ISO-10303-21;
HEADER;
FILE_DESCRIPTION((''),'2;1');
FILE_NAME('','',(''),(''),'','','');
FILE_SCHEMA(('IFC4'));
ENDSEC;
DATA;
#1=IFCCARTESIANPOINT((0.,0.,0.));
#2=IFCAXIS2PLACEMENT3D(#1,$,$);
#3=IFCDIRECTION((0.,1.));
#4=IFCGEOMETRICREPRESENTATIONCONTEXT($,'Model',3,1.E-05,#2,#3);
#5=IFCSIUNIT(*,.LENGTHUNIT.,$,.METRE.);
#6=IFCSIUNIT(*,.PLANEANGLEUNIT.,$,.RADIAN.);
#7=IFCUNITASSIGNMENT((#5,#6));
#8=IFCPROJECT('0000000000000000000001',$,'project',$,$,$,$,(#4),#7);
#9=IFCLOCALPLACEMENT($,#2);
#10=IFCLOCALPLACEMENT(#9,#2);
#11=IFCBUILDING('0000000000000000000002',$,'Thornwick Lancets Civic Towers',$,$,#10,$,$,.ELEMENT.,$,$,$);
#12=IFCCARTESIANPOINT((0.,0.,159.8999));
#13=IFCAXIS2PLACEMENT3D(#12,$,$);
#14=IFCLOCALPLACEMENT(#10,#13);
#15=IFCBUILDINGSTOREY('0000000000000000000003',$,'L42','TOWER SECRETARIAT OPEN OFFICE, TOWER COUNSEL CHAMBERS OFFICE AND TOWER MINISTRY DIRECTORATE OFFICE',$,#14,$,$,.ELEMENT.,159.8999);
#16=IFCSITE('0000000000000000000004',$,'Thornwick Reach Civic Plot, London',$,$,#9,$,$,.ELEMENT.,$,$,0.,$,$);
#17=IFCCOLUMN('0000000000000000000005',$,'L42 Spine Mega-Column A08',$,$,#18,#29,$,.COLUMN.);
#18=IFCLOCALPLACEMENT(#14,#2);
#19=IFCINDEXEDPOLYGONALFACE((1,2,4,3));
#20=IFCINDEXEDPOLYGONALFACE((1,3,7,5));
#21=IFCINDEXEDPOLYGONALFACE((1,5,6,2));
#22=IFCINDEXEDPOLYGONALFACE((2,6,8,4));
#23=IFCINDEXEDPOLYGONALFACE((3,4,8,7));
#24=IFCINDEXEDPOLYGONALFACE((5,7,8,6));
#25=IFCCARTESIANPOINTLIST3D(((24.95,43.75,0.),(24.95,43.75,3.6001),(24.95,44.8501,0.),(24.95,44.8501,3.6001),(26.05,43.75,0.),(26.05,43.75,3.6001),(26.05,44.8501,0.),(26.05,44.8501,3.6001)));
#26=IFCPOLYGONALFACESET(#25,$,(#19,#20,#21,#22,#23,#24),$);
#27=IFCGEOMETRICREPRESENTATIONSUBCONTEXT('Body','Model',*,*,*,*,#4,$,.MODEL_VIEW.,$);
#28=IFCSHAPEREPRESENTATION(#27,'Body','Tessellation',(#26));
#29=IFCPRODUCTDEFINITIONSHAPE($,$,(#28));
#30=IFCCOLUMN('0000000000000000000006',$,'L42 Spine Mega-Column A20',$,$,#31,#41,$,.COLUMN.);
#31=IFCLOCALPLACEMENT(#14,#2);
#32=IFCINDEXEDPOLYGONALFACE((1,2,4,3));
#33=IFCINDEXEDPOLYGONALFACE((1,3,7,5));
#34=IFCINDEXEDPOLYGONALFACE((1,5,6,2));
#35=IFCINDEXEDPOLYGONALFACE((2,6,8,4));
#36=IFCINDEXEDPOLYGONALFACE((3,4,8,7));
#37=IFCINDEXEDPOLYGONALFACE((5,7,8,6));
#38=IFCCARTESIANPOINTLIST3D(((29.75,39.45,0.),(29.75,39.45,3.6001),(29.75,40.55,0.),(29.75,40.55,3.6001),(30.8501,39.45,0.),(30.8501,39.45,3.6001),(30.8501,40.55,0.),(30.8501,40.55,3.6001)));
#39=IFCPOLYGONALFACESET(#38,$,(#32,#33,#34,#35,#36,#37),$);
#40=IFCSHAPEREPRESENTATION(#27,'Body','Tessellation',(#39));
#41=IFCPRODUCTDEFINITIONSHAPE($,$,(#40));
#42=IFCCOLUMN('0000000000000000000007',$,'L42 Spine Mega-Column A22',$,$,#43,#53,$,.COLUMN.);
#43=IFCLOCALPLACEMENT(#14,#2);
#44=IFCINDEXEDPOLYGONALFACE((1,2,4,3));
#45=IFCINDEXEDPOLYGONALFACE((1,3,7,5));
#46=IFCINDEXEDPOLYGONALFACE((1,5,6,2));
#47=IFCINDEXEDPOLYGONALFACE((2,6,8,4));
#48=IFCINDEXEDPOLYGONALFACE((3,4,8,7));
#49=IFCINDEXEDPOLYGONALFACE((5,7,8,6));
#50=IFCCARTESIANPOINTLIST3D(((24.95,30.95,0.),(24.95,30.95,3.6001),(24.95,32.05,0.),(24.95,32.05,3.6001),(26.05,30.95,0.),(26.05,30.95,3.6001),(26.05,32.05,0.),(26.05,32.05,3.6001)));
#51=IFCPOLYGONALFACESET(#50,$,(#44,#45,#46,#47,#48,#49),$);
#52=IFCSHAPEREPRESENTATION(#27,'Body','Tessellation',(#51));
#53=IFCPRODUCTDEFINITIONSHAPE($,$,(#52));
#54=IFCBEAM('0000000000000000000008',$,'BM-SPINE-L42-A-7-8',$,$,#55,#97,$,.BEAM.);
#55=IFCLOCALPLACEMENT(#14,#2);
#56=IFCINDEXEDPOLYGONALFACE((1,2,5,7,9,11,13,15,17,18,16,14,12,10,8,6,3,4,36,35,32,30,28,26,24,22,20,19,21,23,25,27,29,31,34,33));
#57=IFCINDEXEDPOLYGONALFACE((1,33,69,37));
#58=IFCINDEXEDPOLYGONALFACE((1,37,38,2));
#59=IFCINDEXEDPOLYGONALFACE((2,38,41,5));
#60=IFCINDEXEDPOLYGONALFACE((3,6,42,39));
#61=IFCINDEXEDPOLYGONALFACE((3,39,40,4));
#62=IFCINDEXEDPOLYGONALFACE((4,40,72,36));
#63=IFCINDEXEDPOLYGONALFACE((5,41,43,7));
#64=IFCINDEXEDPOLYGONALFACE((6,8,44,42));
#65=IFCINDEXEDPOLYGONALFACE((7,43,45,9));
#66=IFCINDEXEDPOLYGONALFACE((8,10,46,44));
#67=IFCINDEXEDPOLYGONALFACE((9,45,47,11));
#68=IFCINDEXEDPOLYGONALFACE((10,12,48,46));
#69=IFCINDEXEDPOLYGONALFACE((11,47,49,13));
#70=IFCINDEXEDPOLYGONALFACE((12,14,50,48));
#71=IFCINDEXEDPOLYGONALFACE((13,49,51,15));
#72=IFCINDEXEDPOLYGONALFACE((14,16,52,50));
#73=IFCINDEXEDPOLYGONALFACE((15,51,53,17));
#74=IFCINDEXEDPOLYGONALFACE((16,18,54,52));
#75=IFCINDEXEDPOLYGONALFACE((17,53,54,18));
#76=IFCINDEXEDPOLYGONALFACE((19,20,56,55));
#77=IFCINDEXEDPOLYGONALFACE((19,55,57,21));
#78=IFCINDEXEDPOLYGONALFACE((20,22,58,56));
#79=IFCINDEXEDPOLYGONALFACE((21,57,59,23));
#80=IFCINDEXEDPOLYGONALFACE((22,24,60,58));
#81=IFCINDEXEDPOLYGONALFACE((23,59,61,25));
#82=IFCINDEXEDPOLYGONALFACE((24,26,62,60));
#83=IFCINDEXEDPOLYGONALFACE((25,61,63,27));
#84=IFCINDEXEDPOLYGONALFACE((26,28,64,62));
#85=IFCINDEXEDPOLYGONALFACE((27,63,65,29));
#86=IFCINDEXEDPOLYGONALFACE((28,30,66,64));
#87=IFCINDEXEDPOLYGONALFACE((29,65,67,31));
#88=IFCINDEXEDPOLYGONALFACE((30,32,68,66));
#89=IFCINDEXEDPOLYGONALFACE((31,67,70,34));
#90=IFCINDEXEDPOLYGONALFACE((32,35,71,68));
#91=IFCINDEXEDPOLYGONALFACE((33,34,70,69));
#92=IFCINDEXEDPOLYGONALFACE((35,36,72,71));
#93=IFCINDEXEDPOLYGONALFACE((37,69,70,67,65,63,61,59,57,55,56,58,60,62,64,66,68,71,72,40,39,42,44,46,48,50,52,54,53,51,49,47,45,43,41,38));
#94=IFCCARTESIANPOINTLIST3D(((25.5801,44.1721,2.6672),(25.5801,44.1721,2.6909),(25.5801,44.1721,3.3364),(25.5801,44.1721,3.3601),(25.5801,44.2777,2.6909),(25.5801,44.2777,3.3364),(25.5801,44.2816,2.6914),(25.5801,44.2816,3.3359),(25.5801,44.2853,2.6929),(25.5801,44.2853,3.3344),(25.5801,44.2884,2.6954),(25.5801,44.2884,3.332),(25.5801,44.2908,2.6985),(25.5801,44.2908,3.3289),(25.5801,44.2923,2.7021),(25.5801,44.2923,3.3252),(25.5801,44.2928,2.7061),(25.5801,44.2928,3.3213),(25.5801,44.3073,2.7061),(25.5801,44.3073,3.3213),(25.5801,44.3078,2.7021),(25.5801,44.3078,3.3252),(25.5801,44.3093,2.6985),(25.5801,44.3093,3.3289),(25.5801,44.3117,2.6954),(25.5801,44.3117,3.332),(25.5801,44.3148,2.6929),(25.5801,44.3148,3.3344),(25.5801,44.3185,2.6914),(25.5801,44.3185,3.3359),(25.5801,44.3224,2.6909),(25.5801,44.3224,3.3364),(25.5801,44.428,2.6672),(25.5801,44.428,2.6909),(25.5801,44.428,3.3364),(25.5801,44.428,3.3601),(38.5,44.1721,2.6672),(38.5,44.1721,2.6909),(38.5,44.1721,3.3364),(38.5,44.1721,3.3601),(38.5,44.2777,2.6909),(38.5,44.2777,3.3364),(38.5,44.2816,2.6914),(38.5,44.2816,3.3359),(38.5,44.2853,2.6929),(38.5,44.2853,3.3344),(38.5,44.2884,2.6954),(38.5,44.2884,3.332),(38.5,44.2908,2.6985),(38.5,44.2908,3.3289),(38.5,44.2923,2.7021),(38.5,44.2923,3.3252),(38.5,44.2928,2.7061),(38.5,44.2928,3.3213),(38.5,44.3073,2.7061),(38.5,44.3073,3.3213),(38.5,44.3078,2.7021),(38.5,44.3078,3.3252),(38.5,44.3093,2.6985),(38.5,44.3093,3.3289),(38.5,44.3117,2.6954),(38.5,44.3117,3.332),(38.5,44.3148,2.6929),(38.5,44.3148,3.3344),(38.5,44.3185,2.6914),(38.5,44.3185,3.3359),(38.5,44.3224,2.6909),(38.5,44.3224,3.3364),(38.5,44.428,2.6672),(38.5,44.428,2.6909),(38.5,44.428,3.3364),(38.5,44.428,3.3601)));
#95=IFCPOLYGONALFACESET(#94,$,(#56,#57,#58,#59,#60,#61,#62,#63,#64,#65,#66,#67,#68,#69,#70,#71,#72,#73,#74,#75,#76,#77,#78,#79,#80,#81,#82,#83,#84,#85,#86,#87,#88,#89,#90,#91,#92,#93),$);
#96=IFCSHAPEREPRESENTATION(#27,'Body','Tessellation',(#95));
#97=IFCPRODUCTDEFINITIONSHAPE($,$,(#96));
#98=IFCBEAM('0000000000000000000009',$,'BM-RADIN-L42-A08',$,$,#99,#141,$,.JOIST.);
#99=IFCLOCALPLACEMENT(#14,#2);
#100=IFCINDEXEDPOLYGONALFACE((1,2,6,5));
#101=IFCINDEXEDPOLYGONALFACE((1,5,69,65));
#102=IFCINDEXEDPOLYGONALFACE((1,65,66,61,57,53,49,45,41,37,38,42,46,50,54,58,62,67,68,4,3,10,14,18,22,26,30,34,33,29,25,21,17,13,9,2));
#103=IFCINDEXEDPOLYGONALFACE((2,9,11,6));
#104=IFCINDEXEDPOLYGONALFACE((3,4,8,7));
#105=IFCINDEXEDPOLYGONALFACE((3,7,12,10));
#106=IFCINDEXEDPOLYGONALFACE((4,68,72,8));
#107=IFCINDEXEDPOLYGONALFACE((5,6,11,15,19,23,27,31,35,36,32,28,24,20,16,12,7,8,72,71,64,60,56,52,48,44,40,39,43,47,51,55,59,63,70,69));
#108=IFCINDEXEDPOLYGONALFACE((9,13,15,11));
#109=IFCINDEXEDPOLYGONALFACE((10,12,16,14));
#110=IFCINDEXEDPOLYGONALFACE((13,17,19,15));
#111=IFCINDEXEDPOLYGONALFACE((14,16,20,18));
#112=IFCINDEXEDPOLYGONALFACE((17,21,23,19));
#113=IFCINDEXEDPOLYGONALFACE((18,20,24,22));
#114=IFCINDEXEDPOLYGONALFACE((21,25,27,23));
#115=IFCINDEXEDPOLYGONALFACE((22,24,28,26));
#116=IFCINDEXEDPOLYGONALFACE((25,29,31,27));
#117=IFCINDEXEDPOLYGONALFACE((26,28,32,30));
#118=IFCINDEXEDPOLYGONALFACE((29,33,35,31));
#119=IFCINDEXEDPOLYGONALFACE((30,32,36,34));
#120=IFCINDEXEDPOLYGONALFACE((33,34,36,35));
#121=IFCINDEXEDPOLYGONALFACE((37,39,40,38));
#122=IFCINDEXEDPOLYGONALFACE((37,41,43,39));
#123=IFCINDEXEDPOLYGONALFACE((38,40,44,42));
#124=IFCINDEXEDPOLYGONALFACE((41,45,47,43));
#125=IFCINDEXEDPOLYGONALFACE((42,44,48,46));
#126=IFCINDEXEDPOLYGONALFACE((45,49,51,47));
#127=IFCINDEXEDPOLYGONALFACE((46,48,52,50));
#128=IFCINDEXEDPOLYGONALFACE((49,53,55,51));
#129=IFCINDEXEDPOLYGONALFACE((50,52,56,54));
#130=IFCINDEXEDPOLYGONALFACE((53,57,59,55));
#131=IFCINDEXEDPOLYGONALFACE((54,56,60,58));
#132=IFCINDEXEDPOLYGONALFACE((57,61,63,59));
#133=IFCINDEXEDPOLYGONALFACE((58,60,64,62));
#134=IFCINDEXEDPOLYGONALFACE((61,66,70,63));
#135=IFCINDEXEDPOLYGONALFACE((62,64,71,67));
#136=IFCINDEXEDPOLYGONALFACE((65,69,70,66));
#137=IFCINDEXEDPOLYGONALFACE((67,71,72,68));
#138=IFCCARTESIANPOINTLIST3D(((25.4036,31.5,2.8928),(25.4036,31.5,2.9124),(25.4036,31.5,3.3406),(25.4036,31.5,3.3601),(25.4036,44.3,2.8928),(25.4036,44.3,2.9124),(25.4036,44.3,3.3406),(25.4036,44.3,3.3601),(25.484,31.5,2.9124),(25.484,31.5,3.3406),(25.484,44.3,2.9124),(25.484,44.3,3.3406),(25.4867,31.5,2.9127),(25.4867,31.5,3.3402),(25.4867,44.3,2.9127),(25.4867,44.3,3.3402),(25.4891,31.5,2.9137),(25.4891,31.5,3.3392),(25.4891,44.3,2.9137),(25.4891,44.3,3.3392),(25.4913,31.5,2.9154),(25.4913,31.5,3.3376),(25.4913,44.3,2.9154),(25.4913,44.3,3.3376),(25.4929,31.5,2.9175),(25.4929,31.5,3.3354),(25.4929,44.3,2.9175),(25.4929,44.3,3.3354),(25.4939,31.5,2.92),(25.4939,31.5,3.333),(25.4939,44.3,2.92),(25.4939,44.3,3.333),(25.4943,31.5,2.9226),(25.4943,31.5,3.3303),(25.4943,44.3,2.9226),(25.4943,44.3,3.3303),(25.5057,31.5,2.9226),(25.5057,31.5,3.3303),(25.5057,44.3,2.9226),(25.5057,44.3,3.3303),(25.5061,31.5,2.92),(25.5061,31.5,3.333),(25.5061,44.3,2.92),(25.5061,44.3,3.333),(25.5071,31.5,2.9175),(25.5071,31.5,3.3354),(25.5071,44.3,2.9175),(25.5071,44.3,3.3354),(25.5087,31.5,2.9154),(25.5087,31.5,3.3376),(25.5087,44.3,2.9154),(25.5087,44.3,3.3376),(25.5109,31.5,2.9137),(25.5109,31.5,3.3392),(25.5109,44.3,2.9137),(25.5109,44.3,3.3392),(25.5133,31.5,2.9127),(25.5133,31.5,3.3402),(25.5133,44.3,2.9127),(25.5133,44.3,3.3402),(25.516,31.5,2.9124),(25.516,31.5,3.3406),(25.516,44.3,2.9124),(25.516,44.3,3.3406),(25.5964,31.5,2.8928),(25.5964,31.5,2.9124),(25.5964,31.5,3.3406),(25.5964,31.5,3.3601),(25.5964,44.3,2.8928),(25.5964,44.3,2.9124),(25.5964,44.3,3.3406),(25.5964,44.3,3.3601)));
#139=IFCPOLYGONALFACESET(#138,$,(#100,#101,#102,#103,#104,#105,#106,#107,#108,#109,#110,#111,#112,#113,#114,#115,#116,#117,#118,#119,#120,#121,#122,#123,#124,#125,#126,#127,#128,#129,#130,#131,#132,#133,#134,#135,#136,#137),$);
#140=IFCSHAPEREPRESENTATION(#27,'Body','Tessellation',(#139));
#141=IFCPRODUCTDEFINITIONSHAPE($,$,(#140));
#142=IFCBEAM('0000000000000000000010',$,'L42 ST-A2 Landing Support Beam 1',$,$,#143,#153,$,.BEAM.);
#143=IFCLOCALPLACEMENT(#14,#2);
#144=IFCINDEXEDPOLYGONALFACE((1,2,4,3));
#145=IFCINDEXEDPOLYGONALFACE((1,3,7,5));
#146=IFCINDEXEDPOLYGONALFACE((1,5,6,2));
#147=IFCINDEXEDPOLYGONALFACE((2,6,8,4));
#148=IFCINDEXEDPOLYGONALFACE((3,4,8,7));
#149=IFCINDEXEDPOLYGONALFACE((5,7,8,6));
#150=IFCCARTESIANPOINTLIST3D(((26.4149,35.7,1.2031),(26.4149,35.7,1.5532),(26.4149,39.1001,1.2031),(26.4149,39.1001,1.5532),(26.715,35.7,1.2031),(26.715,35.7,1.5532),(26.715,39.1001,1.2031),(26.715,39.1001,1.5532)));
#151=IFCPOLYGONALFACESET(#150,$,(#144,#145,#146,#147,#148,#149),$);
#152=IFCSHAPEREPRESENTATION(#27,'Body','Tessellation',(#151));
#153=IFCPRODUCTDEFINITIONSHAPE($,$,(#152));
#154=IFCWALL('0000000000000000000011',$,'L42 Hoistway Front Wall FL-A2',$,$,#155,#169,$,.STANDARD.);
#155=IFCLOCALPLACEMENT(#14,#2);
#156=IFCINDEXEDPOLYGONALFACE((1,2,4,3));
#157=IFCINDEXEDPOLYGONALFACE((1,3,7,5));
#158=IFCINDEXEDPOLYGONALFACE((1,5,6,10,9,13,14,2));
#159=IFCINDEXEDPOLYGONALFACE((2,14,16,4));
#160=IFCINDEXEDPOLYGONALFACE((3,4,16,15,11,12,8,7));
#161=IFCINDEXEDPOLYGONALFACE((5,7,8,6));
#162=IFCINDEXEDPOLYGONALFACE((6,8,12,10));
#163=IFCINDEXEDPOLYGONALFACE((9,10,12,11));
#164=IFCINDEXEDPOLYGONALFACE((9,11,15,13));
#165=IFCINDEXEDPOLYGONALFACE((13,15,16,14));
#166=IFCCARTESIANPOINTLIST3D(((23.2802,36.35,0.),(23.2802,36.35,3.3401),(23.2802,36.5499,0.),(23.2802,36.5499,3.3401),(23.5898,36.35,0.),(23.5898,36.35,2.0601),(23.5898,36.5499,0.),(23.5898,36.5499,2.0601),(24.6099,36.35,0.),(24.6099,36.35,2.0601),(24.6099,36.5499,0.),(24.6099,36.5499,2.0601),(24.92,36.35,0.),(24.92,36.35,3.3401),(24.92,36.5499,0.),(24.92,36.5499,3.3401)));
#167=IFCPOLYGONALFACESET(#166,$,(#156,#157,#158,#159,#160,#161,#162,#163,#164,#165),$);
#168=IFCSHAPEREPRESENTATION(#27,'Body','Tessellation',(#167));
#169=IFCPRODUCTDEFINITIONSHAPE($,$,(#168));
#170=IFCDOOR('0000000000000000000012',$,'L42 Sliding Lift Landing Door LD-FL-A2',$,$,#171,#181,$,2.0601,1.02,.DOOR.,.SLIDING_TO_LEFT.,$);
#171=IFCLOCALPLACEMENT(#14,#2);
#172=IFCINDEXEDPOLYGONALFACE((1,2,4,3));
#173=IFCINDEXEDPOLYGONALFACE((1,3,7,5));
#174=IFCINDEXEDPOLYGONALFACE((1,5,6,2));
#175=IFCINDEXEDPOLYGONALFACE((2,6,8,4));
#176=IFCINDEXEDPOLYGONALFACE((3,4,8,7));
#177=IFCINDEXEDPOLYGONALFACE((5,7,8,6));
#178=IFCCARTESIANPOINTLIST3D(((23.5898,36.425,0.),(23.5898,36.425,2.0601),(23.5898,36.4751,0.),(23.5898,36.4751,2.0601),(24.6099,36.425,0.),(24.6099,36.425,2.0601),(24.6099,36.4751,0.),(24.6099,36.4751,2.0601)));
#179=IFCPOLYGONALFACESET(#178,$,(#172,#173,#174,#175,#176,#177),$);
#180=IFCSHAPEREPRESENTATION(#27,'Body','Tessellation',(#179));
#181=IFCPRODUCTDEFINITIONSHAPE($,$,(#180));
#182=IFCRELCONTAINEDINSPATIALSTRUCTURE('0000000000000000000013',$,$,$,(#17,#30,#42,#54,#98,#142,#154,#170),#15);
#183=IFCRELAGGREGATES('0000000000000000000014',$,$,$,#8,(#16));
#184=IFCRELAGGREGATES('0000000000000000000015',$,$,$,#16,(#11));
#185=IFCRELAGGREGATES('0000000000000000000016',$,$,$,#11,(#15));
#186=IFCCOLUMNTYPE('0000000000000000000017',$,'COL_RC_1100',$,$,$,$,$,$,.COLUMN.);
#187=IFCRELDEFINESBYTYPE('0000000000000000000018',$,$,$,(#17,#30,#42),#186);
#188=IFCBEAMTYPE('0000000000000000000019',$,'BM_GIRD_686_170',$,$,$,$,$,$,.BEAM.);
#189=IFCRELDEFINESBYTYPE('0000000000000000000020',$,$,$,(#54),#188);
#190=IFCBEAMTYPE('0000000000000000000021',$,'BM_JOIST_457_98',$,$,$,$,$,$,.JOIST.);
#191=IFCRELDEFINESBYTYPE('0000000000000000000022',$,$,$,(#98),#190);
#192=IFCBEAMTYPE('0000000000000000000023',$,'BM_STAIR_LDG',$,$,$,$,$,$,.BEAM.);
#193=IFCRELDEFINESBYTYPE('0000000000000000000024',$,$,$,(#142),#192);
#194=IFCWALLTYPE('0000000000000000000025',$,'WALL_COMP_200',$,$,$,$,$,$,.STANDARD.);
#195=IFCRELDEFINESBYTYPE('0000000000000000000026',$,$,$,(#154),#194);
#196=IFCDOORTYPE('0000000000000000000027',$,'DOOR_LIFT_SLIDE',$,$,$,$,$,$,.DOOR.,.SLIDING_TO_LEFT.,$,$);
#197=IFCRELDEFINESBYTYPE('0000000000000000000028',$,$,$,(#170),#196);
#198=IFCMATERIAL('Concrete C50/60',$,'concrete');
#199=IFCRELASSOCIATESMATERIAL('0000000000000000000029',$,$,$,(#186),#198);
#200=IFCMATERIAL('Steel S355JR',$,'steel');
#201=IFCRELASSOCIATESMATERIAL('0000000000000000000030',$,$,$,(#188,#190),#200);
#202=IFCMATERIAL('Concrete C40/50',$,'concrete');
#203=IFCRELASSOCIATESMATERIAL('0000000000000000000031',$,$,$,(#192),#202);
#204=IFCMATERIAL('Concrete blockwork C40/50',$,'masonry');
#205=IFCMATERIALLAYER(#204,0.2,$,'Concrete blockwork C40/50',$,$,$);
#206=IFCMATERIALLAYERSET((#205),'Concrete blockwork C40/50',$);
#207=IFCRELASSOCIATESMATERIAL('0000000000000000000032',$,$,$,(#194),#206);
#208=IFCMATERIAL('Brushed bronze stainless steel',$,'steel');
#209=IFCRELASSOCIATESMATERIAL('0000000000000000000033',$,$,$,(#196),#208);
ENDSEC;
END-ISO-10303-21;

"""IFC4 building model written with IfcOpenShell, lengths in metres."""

from ifc_helpers import new_model, si_unit, direction, frame, frame_2d, origin, origin_2d, place, context, subcontext, project, spatial, rectangle, i_section, extrude, material, layer, layer_set, material_profile, profile_set, type_object, element, fill, save


model = new_model("IFC4")

# Units and contexts
model_context = context("Model", 3, precision=1e-05, world=origin(), true_north=direction((0.0, 1.0)))
body_context = subcontext(model_context, "Body", "Model", "MODEL_VIEW")
ifc_project = project(units=[si_unit("LENGTHUNIT", "METRE"), si_unit("PLANEANGLEUNIT", "RADIAN")], contexts=[model_context])

# Site, building, storey
site_placement = place(None, origin())
site = spatial("IfcSite", under=ifc_project, at=site_placement, Name="Thornwick Reach Civic Plot, London", CompositionType="ELEMENT", RefElevation=0.0)
building_placement = place(site_placement, origin())
building = spatial("IfcBuilding", under=site, at=building_placement, Name="Thornwick Lancets Civic Towers", CompositionType="ELEMENT")
storey_placement = place(building_placement, frame((0.0, 0.0, 159.8999)))
storey = spatial("IfcBuildingStorey", under=building, at=storey_placement, Name="L42", Description="TOWER SECRETARIAT OPEN OFFICE, TOWER COUNSEL CHAMBERS OFFICE AND TOWER MINISTRY DIRECTORATE OFFICE", CompositionType="ELEMENT", Elevation=159.8999)

# Columns
ifc_material_1 = material(Name="Concrete C50/60", Category="concrete")
ifc_material_profile_1 = material_profile(ifc_material_1, rectangle(XDim=1.1001, YDim=1.1001, at=origin_2d()), Name="RC 1100x1100")
ifc_profile_set_1 = profile_set([ifc_material_profile_1], Name="Concrete C50/60")
column_type = type_object("IfcColumnType", Name="COL_RC_1100", PredefinedType="COLUMN", material=ifc_profile_set_1)
for number, where, z_axis, x_axis, name in (
    (1, (25.5, 44.3, 0.0), (0.0, 0.0, 1.0), (1.0, 0.0, 0.0), "L42 Spine Mega-Column A08"),
    (2, (30.3, 40.0, 0.0), (0.0, 0.0, 1.0), (1.0, 0.0, 0.0), "L42 Spine Mega-Column A20"),
    (3, (25.5, 31.5, 0.0), (0.0, 0.0, 1.0), (1.0, 0.0, 0.0), "L42 Spine Mega-Column A22"),
):
    element("IfcColumn", number, at=place(storey_placement, frame(where, z_axis=z_axis, x_axis=x_axis)), inside=storey, type_object=column_type, Name=name, PredefinedType="COLUMN", context=body_context, shape_type="SweptSolid", body=[
        extrude(rectangle(XDim=1.1001, YDim=1.1001, at=origin_2d()), origin(), (0.0, 0.0, 1.0), 3.6001),
    ])

# Beams
ifc_material_2 = material(Name="Steel S355JR", Category="steel")
ifc_material_profile_2 = material_profile(ifc_material_2, i_section(OverallWidth=0.2559, OverallDepth=0.6929, WebThickness=0.0144, FlangeThickness=0.0237, FilletRadius=0.0151, at=origin_2d()), Name="UKB 686x254x170")
ifc_profile_set_2 = profile_set([ifc_material_profile_2], Name="Steel S355JR")
beam_type_1 = type_object("IfcBeamType", Name="BM_GIRD_686_170", PredefinedType="BEAM", material=ifc_profile_set_2)
beam_1_placement = place(storey_placement, frame((25.5801, 44.3, 3.0137), z_axis=(1.0, 0.0, 0.0), x_axis=(0.0, 1.0, 0.0)))
element("IfcBeam", 4, at=beam_1_placement, inside=storey, type_object=beam_type_1, Name="BM-SPINE-L42-A-7-8", PredefinedType="BEAM", context=body_context, shape_type="SweptSolid", body=[
    extrude(i_section(OverallWidth=0.2559, OverallDepth=0.6929, WebThickness=0.0144, FlangeThickness=0.0237, FilletRadius=0.0151, at=origin_2d()), origin(), (0.0, 0.0, 1.0), 12.9199),
])
ifc_material_profile_3 = material_profile(ifc_material_2, i_section(OverallWidth=0.1929, OverallDepth=0.4673, WebThickness=0.0115, FlangeThickness=0.0195, FilletRadius=0.0103, at=origin_2d()), Name="UKB 457x191x98")
ifc_profile_set_3 = profile_set([ifc_material_profile_3], Name="Steel S355JR")
beam_type_2 = type_object("IfcBeamType", Name="BM_JOIST_457_98", PredefinedType="JOIST", material=ifc_profile_set_3)
beam_2_placement = place(storey_placement, frame((25.5, 31.5, 3.1265), z_axis=(0.0, 1.0, 0.0), x_axis=(-1.0, 0.0, 0.0)))
element("IfcBeam", 5, at=beam_2_placement, inside=storey, type_object=beam_type_2, Name="BM-RADIN-L42-A08", PredefinedType="JOIST", context=body_context, shape_type="SweptSolid", body=[
    extrude(i_section(OverallWidth=0.1929, OverallDepth=0.4673, WebThickness=0.0115, FlangeThickness=0.0195, FilletRadius=0.0103, at=origin_2d()), origin(), (0.0, 0.0, 1.0), 12.8),
])
ifc_material_3 = material(Name="Concrete C40/50", Category="concrete")
ifc_material_profile_4 = material_profile(ifc_material_3, rectangle(XDim=0.3, YDim=0.3501, at=origin_2d()), Name="RC 300x350")
ifc_profile_set_4 = profile_set([ifc_material_profile_4], Name="Concrete C40/50")
beam_type_3 = type_object("IfcBeamType", Name="BM_STAIR_LDG", PredefinedType="BEAM", material=ifc_profile_set_4)
beam_3_placement = place(storey_placement, frame((26.5649, 39.1001, 1.3782), z_axis=(0.0, -1.0, 0.0), x_axis=(1.0, 0.0, 0.0)))
element("IfcBeam", 6, at=beam_3_placement, inside=storey, type_object=beam_type_3, Name="L42 ST-A2 Landing Support Beam 1", PredefinedType="BEAM", context=body_context, shape_type="SweptSolid", body=[
    extrude(rectangle(XDim=0.3, YDim=0.3501, at=origin_2d()), origin(), (0.0, 0.0, 1.0), 3.4001),
])

# Wall, opening, door
ifc_material_4 = material(Name="Concrete blockwork C40/50", Category="masonry")
ifc_layer_1 = layer(ifc_material_4, 0.2, Name="Concrete blockwork C40/50")
ifc_layer_set_1 = layer_set([ifc_layer_1], Name="Concrete blockwork C40/50")
wall_type_1 = type_object("IfcWallType", Name="WALL_COMP_200", PredefinedType="STANDARD", material=ifc_layer_set_1)
wall_1_placement = place(storey_placement, frame((24.9199, 36.45, 0.0), z_axis=(0.0, 0.0, 1.0), x_axis=(-1.0, 0.0, 0.0)))
wall_1 = element("IfcWall", 7, at=wall_1_placement, inside=storey, type_object=wall_type_1, Name="L42 Hoistway Front Wall FL-A2", PredefinedType="STANDARD", context=body_context, shape_type="SweptSolid", body=[
    extrude(rectangle(XDim=1.6399, YDim=0.2, at=frame_2d((0.8198, 0.0))), origin(), (0.0, 0.0, 1.0), 3.3401),
])
opening_1_placement = place(wall_1_placement, frame((0.3101, 0.0, 0.0)))
opening_1 = element("IfcOpeningElement", 8, at=opening_1_placement, cuts=wall_1, PredefinedType="OPENING", context=body_context, shape_type="SweptSolid", body=[
    extrude(rectangle(XDim=1.02, YDim=2.0601, at=frame_2d((0.51, 1.03))), frame((0.0, 0.1099, 0.0), z_axis=(0.0, -1.0, 0.0), x_axis=(1.0, 0.0, 0.0)), (0.0, 0.0, 1.0), 0.22),
])
ifc_material_5 = material(Name="Brushed bronze stainless steel", Category="steel")
door_type_1 = type_object("IfcDoorType", Name="DOOR_LIFT_SLIDE", OperationType="SLIDING_TO_LEFT", PredefinedType="DOOR", material=ifc_material_5)
door_1_placement = place(opening_1_placement, origin())
door_1 = element("IfcDoor", 9, at=door_1_placement, inside=storey, type_object=door_type_1, Name="L42 Sliding Lift Landing Door LD-FL-A2", OperationType="SLIDING_TO_LEFT", OverallHeight=2.0601, OverallWidth=1.02, PredefinedType="DOOR", context=body_context, shape_type="SweptSolid", body=[
    extrude(rectangle(XDim=1.02, YDim=2.0601, at=frame_2d((0.51, 1.03))), frame((0.0, 0.0249, 0.0), z_axis=(0.0, -1.0, 0.0), x_axis=(1.0, 0.0, 0.0)), (0.0, 0.0, 1.0), 0.05),
])
fill(opening_1, door_1)

save(model, "model.ifc")
